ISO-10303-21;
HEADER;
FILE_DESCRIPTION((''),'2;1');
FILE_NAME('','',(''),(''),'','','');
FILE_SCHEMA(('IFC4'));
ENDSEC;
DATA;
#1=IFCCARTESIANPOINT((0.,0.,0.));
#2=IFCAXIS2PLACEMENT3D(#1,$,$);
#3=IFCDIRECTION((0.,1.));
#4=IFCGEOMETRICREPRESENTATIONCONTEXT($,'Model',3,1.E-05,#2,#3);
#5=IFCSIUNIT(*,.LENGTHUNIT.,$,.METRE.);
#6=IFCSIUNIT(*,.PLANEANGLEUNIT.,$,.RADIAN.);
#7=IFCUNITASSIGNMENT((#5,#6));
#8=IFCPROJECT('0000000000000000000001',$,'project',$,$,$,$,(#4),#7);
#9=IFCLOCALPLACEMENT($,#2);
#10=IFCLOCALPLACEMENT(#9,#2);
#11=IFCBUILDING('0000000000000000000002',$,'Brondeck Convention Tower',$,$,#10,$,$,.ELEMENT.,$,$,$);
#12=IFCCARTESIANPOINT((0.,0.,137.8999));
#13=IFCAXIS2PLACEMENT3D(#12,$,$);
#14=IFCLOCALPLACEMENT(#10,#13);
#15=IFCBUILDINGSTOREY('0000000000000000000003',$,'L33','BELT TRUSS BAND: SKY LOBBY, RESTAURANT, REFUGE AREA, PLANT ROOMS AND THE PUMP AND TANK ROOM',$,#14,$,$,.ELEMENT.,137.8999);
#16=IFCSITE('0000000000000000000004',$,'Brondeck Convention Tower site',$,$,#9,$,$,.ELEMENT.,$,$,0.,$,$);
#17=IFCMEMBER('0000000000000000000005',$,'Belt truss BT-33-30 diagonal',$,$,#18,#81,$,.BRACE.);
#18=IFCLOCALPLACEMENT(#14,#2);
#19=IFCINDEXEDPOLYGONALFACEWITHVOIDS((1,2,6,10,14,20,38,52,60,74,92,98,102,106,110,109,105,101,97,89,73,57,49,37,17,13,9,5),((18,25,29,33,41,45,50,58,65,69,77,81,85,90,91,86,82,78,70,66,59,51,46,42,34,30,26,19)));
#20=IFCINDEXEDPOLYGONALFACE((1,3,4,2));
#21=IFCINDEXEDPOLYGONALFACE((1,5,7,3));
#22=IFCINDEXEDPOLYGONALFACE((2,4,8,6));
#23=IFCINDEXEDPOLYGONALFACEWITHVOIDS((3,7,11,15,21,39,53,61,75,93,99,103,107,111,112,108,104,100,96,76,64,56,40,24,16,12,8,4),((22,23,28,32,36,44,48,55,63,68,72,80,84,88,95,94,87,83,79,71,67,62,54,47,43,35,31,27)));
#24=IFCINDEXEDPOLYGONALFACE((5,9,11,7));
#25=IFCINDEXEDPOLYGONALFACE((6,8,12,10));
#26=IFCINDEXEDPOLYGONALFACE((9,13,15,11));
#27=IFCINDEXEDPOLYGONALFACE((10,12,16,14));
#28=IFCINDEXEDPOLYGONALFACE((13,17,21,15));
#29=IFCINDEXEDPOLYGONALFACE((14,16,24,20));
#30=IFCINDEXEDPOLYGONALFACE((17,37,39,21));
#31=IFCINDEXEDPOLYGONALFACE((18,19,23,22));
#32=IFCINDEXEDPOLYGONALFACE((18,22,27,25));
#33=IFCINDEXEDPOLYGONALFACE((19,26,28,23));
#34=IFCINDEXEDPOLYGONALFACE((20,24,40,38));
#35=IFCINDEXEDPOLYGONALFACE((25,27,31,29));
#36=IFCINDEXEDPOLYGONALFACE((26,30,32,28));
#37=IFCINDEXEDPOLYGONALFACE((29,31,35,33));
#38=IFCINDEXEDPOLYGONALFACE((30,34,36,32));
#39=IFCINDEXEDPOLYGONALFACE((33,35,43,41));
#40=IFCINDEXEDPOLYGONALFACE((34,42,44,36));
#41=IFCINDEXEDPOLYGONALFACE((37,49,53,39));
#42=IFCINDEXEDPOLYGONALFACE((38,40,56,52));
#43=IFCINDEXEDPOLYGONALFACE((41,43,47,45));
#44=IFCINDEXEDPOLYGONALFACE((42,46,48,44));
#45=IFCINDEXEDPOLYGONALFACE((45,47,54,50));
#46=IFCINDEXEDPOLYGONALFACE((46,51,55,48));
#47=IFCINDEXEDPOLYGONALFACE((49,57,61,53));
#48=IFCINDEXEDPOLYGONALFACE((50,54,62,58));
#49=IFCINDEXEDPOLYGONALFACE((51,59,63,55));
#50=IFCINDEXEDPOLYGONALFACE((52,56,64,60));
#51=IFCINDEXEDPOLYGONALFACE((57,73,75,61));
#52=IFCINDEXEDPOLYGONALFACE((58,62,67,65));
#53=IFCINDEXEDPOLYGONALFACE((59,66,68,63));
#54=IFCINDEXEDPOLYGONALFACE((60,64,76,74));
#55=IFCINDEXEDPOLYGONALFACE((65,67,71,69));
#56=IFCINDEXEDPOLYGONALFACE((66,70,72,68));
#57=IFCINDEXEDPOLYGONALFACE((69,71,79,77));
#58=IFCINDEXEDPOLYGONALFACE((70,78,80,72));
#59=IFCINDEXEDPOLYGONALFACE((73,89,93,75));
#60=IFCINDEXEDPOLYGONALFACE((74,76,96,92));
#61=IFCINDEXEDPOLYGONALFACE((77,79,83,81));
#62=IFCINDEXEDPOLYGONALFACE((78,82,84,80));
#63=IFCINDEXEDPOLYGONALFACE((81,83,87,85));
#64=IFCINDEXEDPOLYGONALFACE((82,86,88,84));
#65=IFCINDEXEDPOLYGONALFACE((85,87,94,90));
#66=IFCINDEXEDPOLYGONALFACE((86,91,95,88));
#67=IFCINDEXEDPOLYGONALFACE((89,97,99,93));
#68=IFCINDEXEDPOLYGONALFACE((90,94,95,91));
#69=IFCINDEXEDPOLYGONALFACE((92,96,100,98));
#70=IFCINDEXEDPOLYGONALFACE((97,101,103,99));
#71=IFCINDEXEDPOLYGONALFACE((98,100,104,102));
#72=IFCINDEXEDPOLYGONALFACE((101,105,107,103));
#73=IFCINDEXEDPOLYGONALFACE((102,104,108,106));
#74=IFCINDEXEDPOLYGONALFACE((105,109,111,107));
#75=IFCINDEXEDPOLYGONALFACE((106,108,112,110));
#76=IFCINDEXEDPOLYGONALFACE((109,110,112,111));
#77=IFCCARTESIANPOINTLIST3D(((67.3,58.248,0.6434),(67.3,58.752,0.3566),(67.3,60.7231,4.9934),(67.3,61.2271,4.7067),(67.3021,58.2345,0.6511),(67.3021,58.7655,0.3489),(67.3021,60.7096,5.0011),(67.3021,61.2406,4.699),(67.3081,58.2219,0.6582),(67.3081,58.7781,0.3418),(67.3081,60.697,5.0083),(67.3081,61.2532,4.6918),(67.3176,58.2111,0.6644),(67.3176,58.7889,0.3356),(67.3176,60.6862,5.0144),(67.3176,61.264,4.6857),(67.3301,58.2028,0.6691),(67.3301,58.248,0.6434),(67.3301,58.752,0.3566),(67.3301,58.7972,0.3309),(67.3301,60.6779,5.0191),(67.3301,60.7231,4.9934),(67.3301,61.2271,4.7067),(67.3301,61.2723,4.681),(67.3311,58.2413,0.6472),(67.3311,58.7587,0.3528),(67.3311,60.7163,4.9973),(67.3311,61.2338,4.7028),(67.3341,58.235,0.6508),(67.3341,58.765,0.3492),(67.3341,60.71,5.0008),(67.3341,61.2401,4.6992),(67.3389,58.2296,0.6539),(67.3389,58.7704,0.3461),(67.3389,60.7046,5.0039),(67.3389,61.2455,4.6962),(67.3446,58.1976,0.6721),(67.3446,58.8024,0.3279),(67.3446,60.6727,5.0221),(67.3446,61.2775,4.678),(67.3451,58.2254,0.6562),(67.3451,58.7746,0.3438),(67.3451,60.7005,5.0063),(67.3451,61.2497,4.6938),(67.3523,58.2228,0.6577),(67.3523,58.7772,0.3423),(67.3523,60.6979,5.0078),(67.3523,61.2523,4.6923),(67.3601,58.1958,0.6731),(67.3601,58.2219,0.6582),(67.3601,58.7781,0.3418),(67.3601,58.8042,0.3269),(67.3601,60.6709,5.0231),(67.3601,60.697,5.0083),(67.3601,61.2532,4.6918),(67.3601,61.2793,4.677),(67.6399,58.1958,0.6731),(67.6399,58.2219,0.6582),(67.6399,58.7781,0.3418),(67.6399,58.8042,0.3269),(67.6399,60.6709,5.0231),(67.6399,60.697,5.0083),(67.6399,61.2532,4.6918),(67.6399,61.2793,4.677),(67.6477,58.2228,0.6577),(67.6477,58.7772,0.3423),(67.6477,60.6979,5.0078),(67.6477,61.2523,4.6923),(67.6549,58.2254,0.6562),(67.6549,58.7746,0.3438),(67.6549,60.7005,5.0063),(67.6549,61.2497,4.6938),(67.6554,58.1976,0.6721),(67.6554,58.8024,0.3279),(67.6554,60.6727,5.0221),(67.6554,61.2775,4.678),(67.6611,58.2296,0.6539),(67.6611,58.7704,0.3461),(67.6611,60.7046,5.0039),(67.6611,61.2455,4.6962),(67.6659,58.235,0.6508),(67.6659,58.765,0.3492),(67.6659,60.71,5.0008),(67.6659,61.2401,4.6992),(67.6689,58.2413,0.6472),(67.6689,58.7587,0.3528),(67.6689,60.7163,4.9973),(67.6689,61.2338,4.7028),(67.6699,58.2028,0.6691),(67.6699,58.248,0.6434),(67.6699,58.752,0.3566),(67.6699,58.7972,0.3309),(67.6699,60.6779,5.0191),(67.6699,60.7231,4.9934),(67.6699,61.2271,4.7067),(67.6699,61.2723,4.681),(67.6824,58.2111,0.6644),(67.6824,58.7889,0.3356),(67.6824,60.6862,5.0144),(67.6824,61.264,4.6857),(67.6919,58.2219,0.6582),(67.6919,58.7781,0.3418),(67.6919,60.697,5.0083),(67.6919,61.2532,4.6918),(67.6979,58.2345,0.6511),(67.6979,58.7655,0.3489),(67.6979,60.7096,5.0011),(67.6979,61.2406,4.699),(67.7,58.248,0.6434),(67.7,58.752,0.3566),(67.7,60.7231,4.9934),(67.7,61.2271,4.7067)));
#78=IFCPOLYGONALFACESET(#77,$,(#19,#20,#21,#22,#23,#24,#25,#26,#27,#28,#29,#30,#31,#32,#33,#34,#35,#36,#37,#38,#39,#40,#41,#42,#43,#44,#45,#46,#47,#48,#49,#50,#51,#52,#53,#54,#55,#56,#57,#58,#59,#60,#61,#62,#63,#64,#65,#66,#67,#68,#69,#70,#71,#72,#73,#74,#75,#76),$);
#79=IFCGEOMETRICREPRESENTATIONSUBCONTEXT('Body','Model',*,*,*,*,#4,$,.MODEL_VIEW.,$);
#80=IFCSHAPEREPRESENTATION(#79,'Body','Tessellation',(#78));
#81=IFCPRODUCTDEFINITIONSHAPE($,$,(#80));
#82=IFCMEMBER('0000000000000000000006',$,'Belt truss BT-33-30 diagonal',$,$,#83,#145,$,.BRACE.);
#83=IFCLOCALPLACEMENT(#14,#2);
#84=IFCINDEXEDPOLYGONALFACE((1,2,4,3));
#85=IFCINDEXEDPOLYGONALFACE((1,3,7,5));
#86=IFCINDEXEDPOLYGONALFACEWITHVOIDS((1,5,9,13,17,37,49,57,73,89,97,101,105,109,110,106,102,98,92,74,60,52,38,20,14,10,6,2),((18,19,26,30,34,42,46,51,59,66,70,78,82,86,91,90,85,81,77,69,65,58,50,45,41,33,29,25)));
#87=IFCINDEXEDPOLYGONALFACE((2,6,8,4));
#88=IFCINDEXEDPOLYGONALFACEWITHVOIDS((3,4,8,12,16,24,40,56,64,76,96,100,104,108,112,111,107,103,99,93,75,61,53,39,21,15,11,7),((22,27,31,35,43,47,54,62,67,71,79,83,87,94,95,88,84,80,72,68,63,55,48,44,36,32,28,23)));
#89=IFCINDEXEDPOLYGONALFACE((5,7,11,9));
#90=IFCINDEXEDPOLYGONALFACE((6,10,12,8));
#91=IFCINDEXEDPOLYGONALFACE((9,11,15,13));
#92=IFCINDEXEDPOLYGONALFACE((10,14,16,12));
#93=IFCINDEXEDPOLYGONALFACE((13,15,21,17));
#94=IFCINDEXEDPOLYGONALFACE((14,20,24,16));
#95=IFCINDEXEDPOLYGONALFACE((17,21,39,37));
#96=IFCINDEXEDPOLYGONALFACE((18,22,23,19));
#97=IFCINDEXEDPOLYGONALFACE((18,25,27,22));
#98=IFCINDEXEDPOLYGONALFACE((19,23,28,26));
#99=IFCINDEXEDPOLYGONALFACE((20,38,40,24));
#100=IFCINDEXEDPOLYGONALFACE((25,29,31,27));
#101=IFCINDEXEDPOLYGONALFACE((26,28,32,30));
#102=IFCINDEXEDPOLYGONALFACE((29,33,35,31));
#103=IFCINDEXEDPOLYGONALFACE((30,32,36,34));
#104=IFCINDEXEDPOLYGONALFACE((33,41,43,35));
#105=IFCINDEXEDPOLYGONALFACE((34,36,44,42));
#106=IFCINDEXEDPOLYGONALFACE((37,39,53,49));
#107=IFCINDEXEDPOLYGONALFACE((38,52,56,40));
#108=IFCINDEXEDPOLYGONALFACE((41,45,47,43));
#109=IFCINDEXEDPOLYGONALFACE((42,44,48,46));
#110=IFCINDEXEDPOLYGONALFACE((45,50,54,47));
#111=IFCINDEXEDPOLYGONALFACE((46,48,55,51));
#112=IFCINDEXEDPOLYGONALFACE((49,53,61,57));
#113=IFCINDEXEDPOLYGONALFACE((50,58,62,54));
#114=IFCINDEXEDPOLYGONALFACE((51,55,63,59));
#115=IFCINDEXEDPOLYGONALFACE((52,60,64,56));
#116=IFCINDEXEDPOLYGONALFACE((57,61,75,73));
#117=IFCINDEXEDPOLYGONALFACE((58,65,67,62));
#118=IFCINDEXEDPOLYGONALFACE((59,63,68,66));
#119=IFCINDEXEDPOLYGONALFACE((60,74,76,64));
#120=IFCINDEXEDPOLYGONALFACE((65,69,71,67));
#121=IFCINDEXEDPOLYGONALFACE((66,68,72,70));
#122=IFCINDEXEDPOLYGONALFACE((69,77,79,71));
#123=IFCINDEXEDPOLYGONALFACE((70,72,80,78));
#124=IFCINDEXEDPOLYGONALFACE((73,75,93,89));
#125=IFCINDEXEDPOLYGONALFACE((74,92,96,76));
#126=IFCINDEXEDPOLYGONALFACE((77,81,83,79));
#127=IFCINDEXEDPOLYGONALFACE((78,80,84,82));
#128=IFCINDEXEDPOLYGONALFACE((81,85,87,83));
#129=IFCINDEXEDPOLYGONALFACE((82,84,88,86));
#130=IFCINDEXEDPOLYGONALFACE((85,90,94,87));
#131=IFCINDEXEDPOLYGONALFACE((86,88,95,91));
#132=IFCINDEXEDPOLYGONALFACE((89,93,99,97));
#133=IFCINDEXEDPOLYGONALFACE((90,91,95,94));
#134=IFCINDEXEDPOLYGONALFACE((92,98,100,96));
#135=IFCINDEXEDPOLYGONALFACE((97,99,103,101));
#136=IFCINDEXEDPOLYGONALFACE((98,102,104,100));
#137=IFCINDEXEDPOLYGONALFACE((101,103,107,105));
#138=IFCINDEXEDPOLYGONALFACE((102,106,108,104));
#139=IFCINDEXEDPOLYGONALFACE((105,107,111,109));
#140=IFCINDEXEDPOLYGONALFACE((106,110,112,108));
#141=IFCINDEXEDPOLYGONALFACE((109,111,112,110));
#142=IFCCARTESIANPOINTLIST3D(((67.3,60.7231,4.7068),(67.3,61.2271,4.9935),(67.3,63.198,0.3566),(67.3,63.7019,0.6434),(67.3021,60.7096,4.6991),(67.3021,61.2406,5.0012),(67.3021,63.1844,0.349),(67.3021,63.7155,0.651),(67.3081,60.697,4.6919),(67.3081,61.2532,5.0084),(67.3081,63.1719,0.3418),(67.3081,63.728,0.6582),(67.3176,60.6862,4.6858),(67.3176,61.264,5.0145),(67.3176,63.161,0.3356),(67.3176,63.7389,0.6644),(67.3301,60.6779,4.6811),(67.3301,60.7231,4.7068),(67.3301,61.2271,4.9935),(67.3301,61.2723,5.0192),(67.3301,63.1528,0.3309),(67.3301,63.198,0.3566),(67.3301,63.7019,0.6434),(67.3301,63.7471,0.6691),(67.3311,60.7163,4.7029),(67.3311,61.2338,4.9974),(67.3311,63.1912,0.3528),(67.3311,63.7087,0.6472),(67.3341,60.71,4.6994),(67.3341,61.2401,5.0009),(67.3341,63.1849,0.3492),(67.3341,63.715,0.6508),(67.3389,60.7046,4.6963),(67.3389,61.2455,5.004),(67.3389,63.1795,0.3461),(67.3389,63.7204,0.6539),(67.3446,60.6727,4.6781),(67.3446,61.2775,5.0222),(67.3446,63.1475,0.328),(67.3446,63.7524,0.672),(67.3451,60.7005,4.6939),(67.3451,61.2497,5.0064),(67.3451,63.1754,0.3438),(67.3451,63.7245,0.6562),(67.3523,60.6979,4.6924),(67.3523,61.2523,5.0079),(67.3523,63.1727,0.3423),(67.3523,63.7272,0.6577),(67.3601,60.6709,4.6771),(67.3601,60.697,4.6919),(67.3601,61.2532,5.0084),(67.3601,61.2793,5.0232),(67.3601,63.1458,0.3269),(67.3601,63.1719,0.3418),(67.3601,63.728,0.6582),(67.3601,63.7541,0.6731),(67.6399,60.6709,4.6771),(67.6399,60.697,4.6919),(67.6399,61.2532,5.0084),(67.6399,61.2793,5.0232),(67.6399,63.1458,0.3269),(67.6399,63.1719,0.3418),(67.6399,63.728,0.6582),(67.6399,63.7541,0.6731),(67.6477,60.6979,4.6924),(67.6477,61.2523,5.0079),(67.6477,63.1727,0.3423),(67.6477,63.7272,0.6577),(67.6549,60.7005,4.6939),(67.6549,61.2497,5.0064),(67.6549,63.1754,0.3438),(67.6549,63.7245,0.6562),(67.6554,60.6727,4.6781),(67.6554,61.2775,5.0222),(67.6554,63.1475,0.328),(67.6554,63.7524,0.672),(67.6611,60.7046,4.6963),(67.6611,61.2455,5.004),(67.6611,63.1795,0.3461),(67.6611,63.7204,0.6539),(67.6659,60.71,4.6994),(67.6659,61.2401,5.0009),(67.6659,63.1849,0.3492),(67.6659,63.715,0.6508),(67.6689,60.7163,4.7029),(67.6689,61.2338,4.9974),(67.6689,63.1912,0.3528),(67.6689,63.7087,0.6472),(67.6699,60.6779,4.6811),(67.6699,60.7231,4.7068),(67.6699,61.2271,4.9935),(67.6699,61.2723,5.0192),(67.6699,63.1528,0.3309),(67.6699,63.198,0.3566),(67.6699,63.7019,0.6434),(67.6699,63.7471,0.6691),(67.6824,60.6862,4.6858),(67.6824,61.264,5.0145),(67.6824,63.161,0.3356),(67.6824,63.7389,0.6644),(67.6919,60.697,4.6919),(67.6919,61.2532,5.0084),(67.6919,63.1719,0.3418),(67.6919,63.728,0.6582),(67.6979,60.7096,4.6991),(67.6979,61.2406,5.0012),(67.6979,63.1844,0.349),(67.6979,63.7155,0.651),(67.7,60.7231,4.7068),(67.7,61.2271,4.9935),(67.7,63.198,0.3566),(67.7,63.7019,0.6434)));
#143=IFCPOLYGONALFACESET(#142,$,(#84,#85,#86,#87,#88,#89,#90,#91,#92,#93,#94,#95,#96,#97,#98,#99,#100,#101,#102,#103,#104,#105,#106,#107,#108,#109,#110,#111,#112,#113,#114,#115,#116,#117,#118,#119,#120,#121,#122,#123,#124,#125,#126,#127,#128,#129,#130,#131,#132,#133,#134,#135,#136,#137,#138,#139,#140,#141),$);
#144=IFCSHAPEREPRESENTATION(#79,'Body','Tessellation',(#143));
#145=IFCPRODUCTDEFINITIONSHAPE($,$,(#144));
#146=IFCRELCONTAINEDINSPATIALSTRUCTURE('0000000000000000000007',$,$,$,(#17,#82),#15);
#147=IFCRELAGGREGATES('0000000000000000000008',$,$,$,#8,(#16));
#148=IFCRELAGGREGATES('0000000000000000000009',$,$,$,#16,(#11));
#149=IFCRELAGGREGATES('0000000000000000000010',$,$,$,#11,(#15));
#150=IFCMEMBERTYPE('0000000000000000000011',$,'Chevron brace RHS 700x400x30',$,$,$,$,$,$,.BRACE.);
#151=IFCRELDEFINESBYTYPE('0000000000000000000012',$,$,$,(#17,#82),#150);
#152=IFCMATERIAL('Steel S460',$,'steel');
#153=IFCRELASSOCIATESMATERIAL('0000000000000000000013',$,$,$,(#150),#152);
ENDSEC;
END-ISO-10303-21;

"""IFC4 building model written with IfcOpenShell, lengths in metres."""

from ifc_helpers import new_model, si_unit, direction, frame, origin, origin_2d, place, context, subcontext, project, spatial, hollow_rectangle, extrude, material, material_profile, profile_set, type_object, element, save


model = new_model("IFC4")

# Units and contexts
model_context = context("Model", 3, precision=1e-05, world=origin(), true_north=direction((0.0, 1.0)))
body_context = subcontext(model_context, "Body", "Model", "MODEL_VIEW")
ifc_project = project(units=[si_unit("LENGTHUNIT", "METRE"), si_unit("PLANEANGLEUNIT", "RADIAN")], contexts=[model_context])

# Site, building, storey
site_placement = place(None, origin())
site = spatial("IfcSite", under=ifc_project, at=site_placement, Name="Brondeck Convention Tower site", CompositionType="ELEMENT", RefElevation=0.0)
building_placement = place(site_placement, origin())
building = spatial("IfcBuilding", under=site, at=building_placement, Name="Brondeck Convention Tower", CompositionType="ELEMENT")
storey_placement = place(building_placement, frame((0.0, 0.0, 137.8999)))
storey = spatial("IfcBuildingStorey", under=building, at=storey_placement, Name="L33", Description="BELT TRUSS BAND: SKY LOBBY, RESTAURANT, REFUGE AREA, PLANT ROOMS AND THE PUMP AND TANK ROOM", CompositionType="ELEMENT", Elevation=137.8999)

# Members
ifc_material_1 = material(Name="Steel S460", Category="steel")
ifc_material_profile_1 = material_profile(ifc_material_1, hollow_rectangle(XDim=0.3999, YDim=0.7, WallThickness=0.03, InnerFilletRadius=0.03, OuterFilletRadius=0.0601, at=origin_2d()), Name="RHS 700x400x30")
ifc_profile_set_1 = profile_set([ifc_material_profile_1], Name="Steel S460")
member_type_1 = type_object("IfcMemberType", Name="Chevron brace RHS 700x400x30", PredefinedType="BRACE", material=ifc_profile_set_1)
for number, where, z_axis, x_axis, name in (
    (1, (67.5, 58.5, 0.5), (0.0, 0.494531, 0.86916), (-1.0, 0.0, 0.0), "Belt truss BT-33-30 diagonal"),
    (2, (67.5, 63.45, 0.5), (0.0, -0.494494, 0.869181), (1.0, 0.0, 0.0), "Belt truss BT-33-30 diagonal"),
):
    element("IfcMember", number, at=place(storey_placement, frame(where, z_axis=z_axis, x_axis=x_axis)), inside=storey, type_object=member_type_1, Name=name, PredefinedType="BRACE", context=body_context, shape_type="SweptSolid", body=[
        extrude(hollow_rectangle(XDim=0.3999, YDim=0.7, WallThickness=0.03, InnerFilletRadius=0.03, OuterFilletRadius=0.0601, at=origin_2d()), origin(), (0.0, 0.0, 1.0), 5.0049),
    ])

save(model, "model.ifc")
